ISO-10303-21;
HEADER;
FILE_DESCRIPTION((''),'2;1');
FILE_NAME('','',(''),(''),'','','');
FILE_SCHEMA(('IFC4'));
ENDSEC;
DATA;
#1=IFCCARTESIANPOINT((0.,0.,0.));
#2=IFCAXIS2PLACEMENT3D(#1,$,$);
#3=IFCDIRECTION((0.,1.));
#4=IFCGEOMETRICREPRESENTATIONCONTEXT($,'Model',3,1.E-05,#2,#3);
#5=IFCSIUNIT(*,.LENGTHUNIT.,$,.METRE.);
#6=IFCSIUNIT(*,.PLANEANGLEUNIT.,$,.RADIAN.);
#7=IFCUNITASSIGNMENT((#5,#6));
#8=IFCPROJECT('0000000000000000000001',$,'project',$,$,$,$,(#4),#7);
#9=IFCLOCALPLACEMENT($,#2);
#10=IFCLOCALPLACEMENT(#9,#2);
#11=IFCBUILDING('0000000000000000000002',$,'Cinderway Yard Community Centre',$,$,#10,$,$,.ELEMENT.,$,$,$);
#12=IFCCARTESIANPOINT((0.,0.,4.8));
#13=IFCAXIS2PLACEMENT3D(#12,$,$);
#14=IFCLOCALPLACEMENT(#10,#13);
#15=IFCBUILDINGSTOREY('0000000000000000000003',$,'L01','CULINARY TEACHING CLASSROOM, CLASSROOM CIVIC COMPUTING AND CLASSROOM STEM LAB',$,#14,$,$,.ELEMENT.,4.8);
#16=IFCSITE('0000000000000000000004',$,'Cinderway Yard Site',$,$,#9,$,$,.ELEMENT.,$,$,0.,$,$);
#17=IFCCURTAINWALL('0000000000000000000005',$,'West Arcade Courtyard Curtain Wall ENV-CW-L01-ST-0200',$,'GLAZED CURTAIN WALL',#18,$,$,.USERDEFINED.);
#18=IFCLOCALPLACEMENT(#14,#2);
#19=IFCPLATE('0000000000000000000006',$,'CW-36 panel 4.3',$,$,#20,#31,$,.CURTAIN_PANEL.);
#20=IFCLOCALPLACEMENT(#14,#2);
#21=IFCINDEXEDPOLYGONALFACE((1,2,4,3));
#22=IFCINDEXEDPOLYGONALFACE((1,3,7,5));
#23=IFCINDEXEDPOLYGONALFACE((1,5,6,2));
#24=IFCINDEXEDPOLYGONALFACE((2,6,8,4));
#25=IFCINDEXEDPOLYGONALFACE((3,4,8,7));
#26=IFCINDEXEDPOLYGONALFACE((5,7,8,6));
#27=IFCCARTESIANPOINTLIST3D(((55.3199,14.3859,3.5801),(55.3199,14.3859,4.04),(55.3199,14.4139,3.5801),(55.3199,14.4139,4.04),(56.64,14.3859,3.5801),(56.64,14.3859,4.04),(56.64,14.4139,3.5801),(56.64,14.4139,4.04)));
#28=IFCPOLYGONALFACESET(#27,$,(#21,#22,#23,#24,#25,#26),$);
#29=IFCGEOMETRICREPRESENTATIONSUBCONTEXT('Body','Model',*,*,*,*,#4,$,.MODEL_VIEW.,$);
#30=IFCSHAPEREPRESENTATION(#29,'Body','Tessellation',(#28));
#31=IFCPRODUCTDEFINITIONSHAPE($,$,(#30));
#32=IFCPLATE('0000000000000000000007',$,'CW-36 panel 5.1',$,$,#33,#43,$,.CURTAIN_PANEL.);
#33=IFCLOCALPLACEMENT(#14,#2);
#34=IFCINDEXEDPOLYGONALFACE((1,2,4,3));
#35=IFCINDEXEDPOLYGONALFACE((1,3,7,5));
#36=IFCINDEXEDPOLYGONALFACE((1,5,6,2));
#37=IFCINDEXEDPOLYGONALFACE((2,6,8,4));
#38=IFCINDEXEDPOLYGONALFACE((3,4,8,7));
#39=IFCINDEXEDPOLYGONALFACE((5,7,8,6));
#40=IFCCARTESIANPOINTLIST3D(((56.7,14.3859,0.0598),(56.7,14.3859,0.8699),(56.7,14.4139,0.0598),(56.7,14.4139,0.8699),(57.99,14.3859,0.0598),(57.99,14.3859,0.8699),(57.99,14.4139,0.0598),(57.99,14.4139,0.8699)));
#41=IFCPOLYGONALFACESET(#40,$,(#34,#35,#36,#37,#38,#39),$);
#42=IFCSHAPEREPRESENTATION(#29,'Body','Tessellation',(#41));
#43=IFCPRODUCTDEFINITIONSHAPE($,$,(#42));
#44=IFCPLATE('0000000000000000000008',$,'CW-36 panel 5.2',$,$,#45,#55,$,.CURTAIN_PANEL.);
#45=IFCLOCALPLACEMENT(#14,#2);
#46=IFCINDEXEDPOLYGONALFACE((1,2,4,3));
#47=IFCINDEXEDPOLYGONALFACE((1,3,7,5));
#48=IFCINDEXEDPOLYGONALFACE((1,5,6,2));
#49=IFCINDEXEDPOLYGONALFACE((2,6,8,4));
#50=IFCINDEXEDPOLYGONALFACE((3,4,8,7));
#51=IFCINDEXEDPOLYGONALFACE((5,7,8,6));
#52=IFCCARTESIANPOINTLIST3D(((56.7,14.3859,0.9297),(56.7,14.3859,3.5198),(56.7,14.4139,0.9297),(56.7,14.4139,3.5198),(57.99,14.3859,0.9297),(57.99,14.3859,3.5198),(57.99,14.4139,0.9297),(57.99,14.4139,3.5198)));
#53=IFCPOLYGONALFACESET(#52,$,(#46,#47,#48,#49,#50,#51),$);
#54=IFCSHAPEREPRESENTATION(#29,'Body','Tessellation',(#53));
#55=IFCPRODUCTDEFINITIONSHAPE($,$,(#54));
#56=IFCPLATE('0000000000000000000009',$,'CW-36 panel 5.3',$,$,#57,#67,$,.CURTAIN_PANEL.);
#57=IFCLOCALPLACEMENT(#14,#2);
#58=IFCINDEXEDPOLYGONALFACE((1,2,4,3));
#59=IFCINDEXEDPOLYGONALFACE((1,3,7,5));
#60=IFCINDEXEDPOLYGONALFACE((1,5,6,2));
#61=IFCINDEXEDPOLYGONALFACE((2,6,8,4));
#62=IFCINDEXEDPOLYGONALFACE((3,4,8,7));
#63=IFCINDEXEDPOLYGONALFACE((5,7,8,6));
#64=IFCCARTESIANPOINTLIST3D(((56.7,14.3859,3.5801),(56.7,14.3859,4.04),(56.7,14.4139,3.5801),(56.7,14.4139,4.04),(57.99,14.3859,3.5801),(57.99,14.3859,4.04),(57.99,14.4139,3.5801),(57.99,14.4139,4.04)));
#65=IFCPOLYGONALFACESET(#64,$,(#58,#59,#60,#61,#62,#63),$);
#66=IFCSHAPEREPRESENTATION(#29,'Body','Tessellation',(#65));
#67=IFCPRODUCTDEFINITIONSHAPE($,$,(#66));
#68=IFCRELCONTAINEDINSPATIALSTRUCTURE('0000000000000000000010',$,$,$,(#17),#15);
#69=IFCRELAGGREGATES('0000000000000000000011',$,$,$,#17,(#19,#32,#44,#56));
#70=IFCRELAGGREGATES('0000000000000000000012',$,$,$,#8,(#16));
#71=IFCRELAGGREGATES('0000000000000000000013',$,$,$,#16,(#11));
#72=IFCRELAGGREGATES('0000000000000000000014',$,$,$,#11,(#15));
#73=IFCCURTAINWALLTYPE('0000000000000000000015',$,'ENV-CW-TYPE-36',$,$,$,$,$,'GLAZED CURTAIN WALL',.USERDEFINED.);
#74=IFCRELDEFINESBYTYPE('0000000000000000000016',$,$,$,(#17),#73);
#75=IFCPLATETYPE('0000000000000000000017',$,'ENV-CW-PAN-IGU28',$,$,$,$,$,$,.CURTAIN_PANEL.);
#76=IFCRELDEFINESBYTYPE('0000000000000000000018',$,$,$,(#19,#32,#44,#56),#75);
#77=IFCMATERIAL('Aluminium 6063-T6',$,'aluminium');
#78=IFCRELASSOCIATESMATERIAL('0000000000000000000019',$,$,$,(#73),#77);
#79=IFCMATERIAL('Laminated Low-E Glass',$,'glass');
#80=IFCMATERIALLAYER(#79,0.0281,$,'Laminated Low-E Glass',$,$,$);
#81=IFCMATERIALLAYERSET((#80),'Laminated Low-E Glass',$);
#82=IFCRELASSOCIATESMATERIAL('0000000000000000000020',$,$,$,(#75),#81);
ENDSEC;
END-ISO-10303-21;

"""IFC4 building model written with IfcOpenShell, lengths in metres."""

from ifc_helpers import new_model, si_unit, direction, frame, origin, origin_2d, place, context, subcontext, project, spatial, rectangle, extrude, material, layer, layer_set, type_object, element, aggregate, save


model = new_model("IFC4")

# Units and contexts
model_context = context("Model", 3, precision=1e-05, world=origin(), true_north=direction((0.0, 1.0)))
body_context = subcontext(model_context, "Body", "Model", "MODEL_VIEW")
ifc_project = project(units=[si_unit("LENGTHUNIT", "METRE"), si_unit("PLANEANGLEUNIT", "RADIAN")], contexts=[model_context])

# Site, building, storey
site_placement = place(None, origin())
site = spatial("IfcSite", under=ifc_project, at=site_placement, Name="Cinderway Yard Site", CompositionType="ELEMENT", RefElevation=0.0)
building_placement = place(site_placement, origin())
building = spatial("IfcBuilding", under=site, at=building_placement, Name="Cinderway Yard Community Centre", CompositionType="ELEMENT")
storey_placement = place(building_placement, frame((0.0, 0.0, 4.8)))
storey = spatial("IfcBuildingStorey", under=building, at=storey_placement, Name="L01", Description="CULINARY TEACHING CLASSROOM, CLASSROOM CIVIC COMPUTING AND CLASSROOM STEM LAB", CompositionType="ELEMENT", Elevation=4.8)

# Shared definitions
ifc_material_1 = material(Name="Aluminium 6063-T6", Category="aluminium")

# Curtain wall
curtain_wall_type_1 = type_object("IfcCurtainWallType", Name="ENV-CW-TYPE-36", ElementType="GLAZED CURTAIN WALL", PredefinedType="USERDEFINED", material=ifc_material_1)
curtain_wall_1_placement = place(storey_placement, origin())
curtain_wall_1 = element("IfcCurtainWall", 1, at=curtain_wall_1_placement, inside=storey, type_object=curtain_wall_type_1, Name="West Arcade Courtyard Curtain Wall ENV-CW-L01-ST-0200", ObjectType="GLAZED CURTAIN WALL", PredefinedType="USERDEFINED")

# Plates
ifc_material_2 = material(Name="Laminated Low-E Glass", Category="glass")
ifc_layer = layer(ifc_material_2, 0.0281, Name="Laminated Low-E Glass")
ifc_layer_set = layer_set([ifc_layer], Name="Laminated Low-E Glass")
plate_type = type_object("IfcPlateType", Name="ENV-CW-PAN-IGU28", PredefinedType="CURTAIN_PANEL", material=ifc_layer_set)
plate_1_placement = place(storey_placement, frame((55.98, 14.3999, 3.5801), z_axis=(0.0, 0.0, 1.0), x_axis=(1.0, 0.0, 0.0)))
plate_1 = element("IfcPlate", 2, at=plate_1_placement, type_object=plate_type, Name="CW-36 panel 4.3", PredefinedType="CURTAIN_PANEL", context=body_context, shape_type="SweptSolid", body=[
    extrude(rectangle(XDim=1.3201, YDim=0.0281, at=origin_2d()), origin(), (0.0, 0.0, 1.0), 0.46),
])
plate_2_placement = place(storey_placement, frame((57.345, 14.3999, 0.0598), z_axis=(0.0, 0.0, 1.0), x_axis=(1.0, 0.0, 0.0)))
plate_2 = element("IfcPlate", 3, at=plate_2_placement, type_object=plate_type, Name="CW-36 panel 5.1", PredefinedType="CURTAIN_PANEL", context=body_context, shape_type="SweptSolid", body=[
    extrude(rectangle(XDim=1.29, YDim=0.0281, at=origin_2d()), origin(), (0.0, 0.0, 1.0), 0.8101),
])
plate_3_placement = place(storey_placement, frame((57.345, 14.3999, 0.9297), z_axis=(0.0, 0.0, 1.0), x_axis=(1.0, 0.0, 0.0)))
plate_3 = element("IfcPlate", 4, at=plate_3_placement, type_object=plate_type, Name="CW-36 panel 5.2", PredefinedType="CURTAIN_PANEL", context=body_context, shape_type="SweptSolid", body=[
    extrude(rectangle(XDim=1.29, YDim=0.0281, at=origin_2d()), origin(), (0.0, 0.0, 1.0), 2.5901),
])
plate_4_placement = place(storey_placement, frame((57.345, 14.3999, 3.5801), z_axis=(0.0, 0.0, 1.0), x_axis=(1.0, 0.0, 0.0)))
plate_4 = element("IfcPlate", 5, at=plate_4_placement, type_object=plate_type, Name="CW-36 panel 5.3", PredefinedType="CURTAIN_PANEL", context=body_context, shape_type="SweptSolid", body=[
    extrude(rectangle(XDim=1.29, YDim=0.0281, at=origin_2d()), origin(), (0.0, 0.0, 1.0), 0.46),
])
aggregate(curtain_wall_1, [plate_1, plate_2, plate_3, plate_4])

save(model, "model.ifc")
